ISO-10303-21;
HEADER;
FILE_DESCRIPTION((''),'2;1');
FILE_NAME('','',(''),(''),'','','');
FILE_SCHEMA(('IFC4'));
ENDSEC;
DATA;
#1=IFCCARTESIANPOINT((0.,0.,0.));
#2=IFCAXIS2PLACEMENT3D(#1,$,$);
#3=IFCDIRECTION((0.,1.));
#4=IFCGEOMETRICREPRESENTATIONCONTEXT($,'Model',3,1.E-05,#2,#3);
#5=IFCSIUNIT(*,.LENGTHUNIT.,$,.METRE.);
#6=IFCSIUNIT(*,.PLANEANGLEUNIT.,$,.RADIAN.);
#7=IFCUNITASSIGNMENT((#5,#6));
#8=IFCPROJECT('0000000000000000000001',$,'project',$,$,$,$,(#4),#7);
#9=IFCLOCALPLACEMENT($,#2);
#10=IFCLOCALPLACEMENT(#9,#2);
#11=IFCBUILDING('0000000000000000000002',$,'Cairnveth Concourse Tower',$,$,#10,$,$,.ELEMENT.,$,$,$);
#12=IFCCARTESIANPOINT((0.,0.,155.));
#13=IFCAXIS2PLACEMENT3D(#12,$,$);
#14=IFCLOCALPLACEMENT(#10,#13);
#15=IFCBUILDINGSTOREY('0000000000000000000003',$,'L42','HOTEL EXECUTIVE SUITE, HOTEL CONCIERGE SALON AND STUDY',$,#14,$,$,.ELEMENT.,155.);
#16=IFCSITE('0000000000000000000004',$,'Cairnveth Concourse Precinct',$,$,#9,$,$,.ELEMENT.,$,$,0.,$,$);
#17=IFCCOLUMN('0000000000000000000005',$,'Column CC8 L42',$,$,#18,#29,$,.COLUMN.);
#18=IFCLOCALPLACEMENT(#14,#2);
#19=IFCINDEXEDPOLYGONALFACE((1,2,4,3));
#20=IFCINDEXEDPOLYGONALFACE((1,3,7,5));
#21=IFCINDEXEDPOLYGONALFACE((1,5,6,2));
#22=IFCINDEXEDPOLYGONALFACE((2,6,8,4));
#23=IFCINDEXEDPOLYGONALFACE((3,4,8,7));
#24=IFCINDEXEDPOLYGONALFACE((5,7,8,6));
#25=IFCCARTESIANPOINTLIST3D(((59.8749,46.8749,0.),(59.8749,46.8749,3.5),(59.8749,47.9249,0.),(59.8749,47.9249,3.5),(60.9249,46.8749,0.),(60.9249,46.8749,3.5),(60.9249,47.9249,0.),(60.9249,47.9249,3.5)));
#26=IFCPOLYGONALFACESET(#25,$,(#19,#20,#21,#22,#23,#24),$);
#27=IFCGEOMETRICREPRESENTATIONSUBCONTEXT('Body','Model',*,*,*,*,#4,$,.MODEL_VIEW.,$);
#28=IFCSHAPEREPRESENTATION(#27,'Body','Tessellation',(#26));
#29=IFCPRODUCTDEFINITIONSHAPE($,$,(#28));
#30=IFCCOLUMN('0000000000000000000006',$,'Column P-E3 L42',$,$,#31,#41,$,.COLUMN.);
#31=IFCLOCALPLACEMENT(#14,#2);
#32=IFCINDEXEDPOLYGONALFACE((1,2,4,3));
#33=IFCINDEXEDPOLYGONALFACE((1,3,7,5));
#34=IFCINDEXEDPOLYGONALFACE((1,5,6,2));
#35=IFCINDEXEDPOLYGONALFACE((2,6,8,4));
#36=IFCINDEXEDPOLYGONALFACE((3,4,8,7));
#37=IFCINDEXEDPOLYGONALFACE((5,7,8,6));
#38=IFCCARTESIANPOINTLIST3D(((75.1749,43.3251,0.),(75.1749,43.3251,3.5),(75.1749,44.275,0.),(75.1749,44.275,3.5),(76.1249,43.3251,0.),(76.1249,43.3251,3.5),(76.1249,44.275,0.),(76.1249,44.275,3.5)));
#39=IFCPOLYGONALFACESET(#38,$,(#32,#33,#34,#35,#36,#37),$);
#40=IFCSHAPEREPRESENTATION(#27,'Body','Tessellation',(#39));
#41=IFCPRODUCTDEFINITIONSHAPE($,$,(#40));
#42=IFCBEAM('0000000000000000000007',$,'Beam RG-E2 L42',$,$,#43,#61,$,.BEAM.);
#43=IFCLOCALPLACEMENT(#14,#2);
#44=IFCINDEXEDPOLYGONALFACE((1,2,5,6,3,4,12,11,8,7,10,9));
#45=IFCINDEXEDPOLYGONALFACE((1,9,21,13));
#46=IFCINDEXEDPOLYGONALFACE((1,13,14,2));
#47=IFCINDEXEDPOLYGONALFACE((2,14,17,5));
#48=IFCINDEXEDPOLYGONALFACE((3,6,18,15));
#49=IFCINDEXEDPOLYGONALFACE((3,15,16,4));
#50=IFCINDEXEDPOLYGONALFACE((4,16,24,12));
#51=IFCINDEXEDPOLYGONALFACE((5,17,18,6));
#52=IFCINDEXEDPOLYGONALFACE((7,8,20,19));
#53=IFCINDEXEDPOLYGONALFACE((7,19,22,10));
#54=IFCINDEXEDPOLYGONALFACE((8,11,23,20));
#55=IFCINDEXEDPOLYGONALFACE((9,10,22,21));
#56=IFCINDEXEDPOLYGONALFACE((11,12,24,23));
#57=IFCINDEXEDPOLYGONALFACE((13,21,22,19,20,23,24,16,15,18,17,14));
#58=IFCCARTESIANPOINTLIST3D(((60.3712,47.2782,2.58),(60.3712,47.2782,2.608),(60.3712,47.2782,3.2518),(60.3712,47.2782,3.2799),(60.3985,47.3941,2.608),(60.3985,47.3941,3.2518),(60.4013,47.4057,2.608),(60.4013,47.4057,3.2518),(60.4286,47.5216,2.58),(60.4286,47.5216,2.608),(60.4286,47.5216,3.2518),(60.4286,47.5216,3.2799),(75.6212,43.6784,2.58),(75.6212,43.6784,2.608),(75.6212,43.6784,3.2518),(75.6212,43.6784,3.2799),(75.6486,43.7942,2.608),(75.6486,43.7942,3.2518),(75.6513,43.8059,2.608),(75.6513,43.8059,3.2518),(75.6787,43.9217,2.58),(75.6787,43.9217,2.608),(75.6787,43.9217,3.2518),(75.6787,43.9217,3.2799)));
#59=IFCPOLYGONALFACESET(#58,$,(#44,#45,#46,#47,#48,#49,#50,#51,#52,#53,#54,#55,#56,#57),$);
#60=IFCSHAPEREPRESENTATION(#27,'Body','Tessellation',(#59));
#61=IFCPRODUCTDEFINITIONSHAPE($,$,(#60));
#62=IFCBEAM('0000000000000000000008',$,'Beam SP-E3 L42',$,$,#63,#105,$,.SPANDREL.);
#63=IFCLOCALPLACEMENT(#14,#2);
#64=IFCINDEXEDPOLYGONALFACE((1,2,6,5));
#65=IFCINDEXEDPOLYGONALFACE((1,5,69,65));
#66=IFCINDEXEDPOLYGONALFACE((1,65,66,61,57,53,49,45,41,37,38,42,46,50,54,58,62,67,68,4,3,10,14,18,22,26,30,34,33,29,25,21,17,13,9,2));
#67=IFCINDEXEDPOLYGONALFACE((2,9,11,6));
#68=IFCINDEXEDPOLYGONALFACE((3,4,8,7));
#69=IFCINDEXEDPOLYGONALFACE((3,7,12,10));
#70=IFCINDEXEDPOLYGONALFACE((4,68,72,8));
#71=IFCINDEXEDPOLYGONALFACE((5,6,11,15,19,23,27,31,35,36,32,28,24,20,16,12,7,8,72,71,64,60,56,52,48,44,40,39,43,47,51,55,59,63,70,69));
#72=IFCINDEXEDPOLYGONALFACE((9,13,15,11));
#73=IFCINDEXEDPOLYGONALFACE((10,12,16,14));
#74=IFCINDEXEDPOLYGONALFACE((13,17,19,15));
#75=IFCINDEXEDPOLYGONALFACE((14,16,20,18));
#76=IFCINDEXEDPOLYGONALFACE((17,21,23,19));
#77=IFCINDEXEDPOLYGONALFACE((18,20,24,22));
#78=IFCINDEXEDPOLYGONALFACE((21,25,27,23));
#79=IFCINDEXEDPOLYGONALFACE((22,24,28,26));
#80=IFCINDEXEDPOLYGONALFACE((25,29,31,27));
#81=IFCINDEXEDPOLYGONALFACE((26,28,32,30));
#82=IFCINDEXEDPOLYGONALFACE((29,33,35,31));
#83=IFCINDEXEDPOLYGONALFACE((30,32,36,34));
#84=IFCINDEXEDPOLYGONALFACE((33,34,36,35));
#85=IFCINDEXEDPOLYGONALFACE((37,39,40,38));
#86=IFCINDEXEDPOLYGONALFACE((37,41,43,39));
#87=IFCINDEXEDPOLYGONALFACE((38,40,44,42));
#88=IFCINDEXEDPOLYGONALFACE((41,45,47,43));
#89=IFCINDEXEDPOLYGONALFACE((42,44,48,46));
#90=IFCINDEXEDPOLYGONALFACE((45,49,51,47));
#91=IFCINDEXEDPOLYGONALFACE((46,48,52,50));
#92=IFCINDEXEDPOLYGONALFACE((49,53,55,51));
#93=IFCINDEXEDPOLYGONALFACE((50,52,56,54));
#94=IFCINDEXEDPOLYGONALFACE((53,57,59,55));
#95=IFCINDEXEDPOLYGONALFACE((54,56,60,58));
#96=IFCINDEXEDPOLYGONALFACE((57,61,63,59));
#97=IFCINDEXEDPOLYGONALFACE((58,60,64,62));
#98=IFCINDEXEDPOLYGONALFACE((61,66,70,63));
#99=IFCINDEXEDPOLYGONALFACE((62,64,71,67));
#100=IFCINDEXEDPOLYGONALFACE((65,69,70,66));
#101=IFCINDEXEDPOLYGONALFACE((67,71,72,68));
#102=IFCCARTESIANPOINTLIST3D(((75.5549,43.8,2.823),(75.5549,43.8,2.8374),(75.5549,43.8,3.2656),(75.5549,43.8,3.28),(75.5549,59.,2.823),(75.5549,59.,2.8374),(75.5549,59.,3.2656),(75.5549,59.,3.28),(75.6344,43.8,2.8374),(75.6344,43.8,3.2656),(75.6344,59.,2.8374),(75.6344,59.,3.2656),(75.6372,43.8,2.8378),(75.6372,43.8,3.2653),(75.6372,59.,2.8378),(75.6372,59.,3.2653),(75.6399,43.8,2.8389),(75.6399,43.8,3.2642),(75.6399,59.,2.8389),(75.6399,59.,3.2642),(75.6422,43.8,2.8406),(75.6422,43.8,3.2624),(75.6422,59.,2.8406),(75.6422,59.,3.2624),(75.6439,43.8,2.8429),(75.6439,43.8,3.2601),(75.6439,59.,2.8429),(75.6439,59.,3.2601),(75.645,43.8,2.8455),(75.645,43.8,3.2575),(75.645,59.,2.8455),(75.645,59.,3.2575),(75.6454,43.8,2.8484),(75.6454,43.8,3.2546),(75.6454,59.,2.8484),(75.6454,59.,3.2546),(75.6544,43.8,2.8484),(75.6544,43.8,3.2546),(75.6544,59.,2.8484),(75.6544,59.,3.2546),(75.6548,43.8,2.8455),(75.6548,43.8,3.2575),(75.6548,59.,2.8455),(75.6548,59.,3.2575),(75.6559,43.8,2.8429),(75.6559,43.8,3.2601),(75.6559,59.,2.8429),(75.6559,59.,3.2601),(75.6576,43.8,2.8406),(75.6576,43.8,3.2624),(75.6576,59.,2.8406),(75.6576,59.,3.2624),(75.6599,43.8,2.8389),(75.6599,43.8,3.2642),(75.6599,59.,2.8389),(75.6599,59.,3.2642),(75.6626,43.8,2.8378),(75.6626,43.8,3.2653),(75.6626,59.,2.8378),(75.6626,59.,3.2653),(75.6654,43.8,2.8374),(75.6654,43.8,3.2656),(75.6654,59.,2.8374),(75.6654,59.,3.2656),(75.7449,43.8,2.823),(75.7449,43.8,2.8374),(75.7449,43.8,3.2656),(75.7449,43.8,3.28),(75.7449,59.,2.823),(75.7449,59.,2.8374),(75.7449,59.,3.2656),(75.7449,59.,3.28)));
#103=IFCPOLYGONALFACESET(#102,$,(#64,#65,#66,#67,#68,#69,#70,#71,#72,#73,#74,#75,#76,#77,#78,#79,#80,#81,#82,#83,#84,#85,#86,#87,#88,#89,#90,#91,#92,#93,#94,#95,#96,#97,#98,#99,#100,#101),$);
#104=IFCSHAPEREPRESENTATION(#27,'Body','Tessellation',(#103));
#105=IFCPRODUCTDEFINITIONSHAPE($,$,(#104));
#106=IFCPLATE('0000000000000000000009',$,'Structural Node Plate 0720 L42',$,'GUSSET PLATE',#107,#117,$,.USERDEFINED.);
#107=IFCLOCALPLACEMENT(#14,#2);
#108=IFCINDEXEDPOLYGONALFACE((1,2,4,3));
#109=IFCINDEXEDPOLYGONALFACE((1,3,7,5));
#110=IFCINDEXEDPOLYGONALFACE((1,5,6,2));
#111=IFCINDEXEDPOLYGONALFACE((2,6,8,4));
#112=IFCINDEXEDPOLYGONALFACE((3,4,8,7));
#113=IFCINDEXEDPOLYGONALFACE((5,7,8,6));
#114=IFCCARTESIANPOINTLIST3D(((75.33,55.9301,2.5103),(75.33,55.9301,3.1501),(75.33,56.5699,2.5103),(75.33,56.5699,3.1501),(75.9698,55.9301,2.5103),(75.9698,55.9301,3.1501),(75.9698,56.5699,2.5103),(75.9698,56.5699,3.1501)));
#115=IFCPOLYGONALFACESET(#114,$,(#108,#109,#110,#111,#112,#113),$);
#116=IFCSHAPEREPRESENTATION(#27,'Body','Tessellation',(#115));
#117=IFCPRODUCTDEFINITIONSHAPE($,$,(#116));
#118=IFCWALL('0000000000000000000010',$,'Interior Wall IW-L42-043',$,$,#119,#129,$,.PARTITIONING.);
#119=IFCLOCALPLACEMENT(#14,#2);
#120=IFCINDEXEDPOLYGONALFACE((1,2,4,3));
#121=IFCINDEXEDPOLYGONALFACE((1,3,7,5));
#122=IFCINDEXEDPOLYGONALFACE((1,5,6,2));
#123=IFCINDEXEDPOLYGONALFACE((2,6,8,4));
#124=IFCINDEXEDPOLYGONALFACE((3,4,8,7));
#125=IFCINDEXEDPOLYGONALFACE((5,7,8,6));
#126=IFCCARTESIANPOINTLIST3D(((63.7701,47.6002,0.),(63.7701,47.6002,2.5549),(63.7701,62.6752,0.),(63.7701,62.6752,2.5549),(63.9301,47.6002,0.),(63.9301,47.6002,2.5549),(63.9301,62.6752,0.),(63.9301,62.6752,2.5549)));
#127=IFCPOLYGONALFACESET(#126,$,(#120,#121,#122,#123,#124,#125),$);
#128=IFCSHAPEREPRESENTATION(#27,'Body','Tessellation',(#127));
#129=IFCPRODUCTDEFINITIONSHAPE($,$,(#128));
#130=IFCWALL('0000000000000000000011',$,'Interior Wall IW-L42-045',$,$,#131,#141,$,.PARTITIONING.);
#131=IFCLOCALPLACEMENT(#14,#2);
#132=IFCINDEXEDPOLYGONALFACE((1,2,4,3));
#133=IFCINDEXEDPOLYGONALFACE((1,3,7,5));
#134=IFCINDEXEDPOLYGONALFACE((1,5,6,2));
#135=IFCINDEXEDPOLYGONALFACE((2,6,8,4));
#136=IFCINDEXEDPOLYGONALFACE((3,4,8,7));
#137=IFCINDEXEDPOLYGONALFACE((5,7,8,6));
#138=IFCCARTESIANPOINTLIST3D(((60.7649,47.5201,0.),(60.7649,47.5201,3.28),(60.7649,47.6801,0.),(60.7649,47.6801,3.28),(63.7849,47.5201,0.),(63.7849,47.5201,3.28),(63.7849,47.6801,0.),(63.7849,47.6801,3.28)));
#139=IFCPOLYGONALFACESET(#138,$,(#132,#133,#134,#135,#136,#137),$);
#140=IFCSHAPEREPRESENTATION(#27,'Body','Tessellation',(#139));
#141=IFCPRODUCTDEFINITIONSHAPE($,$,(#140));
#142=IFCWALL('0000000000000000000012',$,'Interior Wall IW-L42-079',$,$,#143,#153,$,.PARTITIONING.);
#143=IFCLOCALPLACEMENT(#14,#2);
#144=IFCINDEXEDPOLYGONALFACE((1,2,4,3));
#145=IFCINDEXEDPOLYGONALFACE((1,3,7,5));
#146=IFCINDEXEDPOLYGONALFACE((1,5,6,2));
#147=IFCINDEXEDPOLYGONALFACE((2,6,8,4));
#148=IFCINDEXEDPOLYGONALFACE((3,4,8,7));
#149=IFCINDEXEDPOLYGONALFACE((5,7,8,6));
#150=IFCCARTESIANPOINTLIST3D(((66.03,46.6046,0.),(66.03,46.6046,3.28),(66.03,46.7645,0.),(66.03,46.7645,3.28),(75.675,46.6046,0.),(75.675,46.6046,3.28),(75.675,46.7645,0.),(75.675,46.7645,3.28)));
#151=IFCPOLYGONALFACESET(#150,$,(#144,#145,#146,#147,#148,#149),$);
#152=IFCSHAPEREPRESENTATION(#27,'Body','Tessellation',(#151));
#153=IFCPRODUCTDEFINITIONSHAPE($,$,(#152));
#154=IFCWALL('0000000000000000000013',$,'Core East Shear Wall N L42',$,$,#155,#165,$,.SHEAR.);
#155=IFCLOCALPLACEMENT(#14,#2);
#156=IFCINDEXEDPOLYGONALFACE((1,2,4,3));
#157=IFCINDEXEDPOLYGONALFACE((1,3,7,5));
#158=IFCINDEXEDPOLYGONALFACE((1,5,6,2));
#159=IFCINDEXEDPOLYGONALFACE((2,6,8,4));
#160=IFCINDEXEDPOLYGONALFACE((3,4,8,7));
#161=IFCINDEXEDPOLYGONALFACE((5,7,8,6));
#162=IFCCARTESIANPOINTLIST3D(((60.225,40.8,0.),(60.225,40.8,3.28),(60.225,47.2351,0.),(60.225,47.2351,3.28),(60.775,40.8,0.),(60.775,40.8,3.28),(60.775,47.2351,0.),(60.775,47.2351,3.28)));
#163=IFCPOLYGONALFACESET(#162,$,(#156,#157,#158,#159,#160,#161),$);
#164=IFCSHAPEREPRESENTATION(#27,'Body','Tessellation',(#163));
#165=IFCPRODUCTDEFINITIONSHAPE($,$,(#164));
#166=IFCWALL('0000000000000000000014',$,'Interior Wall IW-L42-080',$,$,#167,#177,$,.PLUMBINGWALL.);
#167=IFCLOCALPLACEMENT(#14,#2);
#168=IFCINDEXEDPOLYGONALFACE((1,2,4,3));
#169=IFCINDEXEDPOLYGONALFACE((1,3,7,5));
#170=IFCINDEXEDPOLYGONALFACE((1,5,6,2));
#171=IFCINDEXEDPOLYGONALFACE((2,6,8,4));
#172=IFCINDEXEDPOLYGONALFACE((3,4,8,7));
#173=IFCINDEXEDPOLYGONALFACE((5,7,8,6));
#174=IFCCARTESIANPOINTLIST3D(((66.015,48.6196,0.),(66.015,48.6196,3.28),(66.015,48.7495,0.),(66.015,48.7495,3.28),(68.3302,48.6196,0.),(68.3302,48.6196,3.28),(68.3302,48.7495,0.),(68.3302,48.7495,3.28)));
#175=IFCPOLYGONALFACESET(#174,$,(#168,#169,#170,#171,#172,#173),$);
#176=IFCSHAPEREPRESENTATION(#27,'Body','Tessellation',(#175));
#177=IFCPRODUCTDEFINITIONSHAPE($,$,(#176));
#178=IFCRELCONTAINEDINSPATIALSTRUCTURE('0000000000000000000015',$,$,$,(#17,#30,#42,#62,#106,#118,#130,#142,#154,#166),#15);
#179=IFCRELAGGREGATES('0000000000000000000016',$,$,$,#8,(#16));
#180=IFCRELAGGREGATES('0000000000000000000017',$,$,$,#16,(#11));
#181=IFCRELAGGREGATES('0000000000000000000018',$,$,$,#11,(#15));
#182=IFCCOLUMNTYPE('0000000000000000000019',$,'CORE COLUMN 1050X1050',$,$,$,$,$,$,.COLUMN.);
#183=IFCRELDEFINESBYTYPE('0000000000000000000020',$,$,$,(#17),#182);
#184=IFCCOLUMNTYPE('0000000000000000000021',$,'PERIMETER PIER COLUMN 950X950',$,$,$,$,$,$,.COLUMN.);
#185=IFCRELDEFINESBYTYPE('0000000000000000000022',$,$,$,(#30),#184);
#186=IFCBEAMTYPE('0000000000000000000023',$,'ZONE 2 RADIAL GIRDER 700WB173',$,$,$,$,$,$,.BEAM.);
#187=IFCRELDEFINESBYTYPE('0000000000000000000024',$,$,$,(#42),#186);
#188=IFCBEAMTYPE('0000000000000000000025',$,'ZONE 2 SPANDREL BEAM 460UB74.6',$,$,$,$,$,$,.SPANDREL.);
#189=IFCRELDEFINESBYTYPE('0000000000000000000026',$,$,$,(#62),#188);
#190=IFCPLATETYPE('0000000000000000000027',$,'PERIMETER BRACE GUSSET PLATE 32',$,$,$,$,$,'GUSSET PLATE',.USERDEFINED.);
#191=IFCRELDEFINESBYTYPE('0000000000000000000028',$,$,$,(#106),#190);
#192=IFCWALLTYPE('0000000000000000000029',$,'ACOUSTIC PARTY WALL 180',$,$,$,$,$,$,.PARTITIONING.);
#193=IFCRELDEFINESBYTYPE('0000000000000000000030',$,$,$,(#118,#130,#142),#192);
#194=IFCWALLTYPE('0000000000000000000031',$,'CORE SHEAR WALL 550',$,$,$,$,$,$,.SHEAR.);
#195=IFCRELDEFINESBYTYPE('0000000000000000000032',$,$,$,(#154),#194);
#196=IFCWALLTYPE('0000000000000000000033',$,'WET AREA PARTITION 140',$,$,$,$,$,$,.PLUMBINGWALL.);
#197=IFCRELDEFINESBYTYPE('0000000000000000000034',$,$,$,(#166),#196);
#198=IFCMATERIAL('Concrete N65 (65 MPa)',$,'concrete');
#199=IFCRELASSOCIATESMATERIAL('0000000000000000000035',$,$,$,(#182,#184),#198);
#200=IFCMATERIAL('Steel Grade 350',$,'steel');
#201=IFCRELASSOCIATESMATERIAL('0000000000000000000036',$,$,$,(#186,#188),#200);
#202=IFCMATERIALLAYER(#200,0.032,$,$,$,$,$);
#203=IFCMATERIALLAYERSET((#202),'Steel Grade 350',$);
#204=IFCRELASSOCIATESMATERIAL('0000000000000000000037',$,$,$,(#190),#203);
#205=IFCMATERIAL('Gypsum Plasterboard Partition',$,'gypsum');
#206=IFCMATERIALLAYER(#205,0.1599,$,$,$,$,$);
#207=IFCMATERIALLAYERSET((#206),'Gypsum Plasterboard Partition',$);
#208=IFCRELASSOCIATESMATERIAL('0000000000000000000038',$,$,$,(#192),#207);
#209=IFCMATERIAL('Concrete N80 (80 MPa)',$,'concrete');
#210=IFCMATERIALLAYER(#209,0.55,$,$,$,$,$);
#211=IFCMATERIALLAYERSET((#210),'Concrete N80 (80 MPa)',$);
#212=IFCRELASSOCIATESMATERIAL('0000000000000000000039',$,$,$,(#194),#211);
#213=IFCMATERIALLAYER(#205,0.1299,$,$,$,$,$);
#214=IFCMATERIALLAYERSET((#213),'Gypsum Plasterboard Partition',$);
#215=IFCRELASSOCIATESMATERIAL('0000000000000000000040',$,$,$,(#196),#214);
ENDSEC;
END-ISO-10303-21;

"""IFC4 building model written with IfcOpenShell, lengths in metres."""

from ifc_helpers import new_model, si_unit, direction, frame, frame_2d, origin, origin_2d, place, context, subcontext, project, spatial, rectangle, i_section, extrude, material, layer, layer_set, material_profile, profile_set, type_object, element, save


model = new_model("IFC4")

# Units and contexts
model_context = context("Model", 3, precision=1e-05, world=origin(), true_north=direction((0.0, 1.0)))
body_context = subcontext(model_context, "Body", "Model", "MODEL_VIEW")
ifc_project = project(units=[si_unit("LENGTHUNIT", "METRE"), si_unit("PLANEANGLEUNIT", "RADIAN")], contexts=[model_context])

# Site, building, storey
site_placement = place(None, origin())
site = spatial("IfcSite", under=ifc_project, at=site_placement, Name="Cairnveth Concourse Precinct", CompositionType="ELEMENT", RefElevation=0.0)
building_placement = place(site_placement, origin())
building = spatial("IfcBuilding", under=site, at=building_placement, Name="Cairnveth Concourse Tower", CompositionType="ELEMENT")
storey_placement = place(building_placement, frame((0.0, 0.0, 155.0)))
storey = spatial("IfcBuildingStorey", under=building, at=storey_placement, Name="L42", Description="HOTEL EXECUTIVE SUITE, HOTEL CONCIERGE SALON AND STUDY", CompositionType="ELEMENT", Elevation=155.0)

# Columns
ifc_material_1 = material(Name="Concrete N65 (65 MPa)", Category="concrete")
ifc_material_profile_1 = material_profile(ifc_material_1, rectangle(XDim=1.05, YDim=1.05, at=origin_2d()), Name="RC-COL-1050x1050")
ifc_profile_set_1 = profile_set([ifc_material_profile_1], Name="Concrete N65 (65 MPa)")
column_type_1 = type_object("IfcColumnType", Name="CORE COLUMN 1050X1050", PredefinedType="COLUMN", material=ifc_profile_set_1)
column_1_placement = place(storey_placement, frame((60.3999, 47.3999, 0.0), z_axis=(0.0, 0.0, 1.0), x_axis=(1.0, 0.0, 0.0)))
element("IfcColumn", 1, at=column_1_placement, inside=storey, type_object=column_type_1, Name="Column CC8 L42", PredefinedType="COLUMN", context=body_context, shape_type="SweptSolid", body=[
    extrude(rectangle(XDim=1.05, YDim=1.05, at=origin_2d()), origin(), (0.0, 0.0, 1.0), 3.5),
])
ifc_material_profile_2 = material_profile(ifc_material_1, rectangle(XDim=0.95, YDim=0.95, at=origin_2d()), Name="RC-COL-950x950")
ifc_profile_set_2 = profile_set([ifc_material_profile_2], Name="Concrete N65 (65 MPa)")
column_type_2 = type_object("IfcColumnType", Name="PERIMETER PIER COLUMN 950X950", PredefinedType="COLUMN", material=ifc_profile_set_2)
column_2_placement = place(storey_placement, frame((75.6499, 43.8, 0.0), z_axis=(0.0, 0.0, 1.0), x_axis=(0.0, 1.0, 0.0)))
element("IfcColumn", 2, at=column_2_placement, inside=storey, type_object=column_type_2, Name="Column P-E3 L42", PredefinedType="COLUMN", context=body_context, shape_type="SweptSolid", body=[
    extrude(rectangle(XDim=0.95, YDim=0.95, at=origin_2d()), origin(), (0.0, 0.0, 1.0), 3.5),
])

# Beams
ifc_material_2 = material(Name="Steel Grade 350", Category="steel")
ifc_material_profile_3 = material_profile(ifc_material_2, i_section(OverallWidth=0.25, OverallDepth=0.7, WebThickness=0.012, FlangeThickness=0.0281, at=origin_2d()), Name="700WB173")
ifc_profile_set_3 = profile_set([ifc_material_profile_3], Name="Steel Grade 350")
beam_type_1 = type_object("IfcBeamType", Name="ZONE 2 RADIAL GIRDER 700WB173", PredefinedType="BEAM", material=ifc_profile_set_3)
beam_1_placement = place(storey_placement, frame((60.3999, 47.3999, 2.9299), z_axis=(0.973252, -0.229742, 0.0), x_axis=(0.229742, 0.973252, 0.0)))
element("IfcBeam", 3, at=beam_1_placement, inside=storey, type_object=beam_type_1, Name="Beam RG-E2 L42", PredefinedType="BEAM", context=body_context, shape_type="SweptSolid", body=[
    extrude(i_section(OverallWidth=0.25, OverallDepth=0.7, WebThickness=0.012, FlangeThickness=0.0281, at=origin_2d()), origin(), (0.0, 0.0, 1.0), 15.6692),
])
ifc_material_profile_4 = material_profile(ifc_material_2, i_section(OverallWidth=0.1899, OverallDepth=0.457, WebThickness=0.009, FlangeThickness=0.0144, FilletRadius=0.011, at=origin_2d()), Name="460UB74.6")
ifc_profile_set_4 = profile_set([ifc_material_profile_4], Name="Steel Grade 350")
beam_type_2 = type_object("IfcBeamType", Name="ZONE 2 SPANDREL BEAM 460UB74.6", PredefinedType="SPANDREL", material=ifc_profile_set_4)
beam_2_placement = place(storey_placement, frame((75.6499, 43.8, 3.0515), z_axis=(0.0, 1.0, 0.0), x_axis=(-1.0, 0.0, 0.0)))
element("IfcBeam", 4, at=beam_2_placement, inside=storey, type_object=beam_type_2, Name="Beam SP-E3 L42", PredefinedType="SPANDREL", context=body_context, shape_type="SweptSolid", body=[
    extrude(i_section(OverallWidth=0.1899, OverallDepth=0.457, WebThickness=0.009, FlangeThickness=0.0144, FilletRadius=0.011, at=origin_2d()), origin(), (0.0, 0.0, 1.0), 15.2),
])

# Plate
ifc_layer_1 = layer(ifc_material_2, 0.032)
ifc_layer_set_1 = layer_set([ifc_layer_1], Name="Steel Grade 350")
plate_type = type_object("IfcPlateType", Name="PERIMETER BRACE GUSSET PLATE 32", ElementType="GUSSET PLATE", PredefinedType="USERDEFINED", material=ifc_layer_set_1)
plate_placement = place(storey_placement, frame((75.6499, 56.25, 2.5103), z_axis=(0.0, 0.0, 1.0), x_axis=(1.0, 0.0, 0.0)))
element("IfcPlate", 5, at=plate_placement, inside=storey, type_object=plate_type, Name="Structural Node Plate 0720 L42", ObjectType="GUSSET PLATE", PredefinedType="USERDEFINED", context=body_context, shape_type="SweptSolid", body=[
    extrude(rectangle(XDim=0.6399, YDim=0.6399, at=origin_2d()), origin(), (0.0, 0.0, 1.0), 0.6399),
])

# Walls
ifc_material_3 = material(Name="Gypsum Plasterboard Partition", Category="gypsum")
ifc_layer_2 = layer(ifc_material_3, 0.1599)
ifc_layer_set_2 = layer_set([ifc_layer_2], Name="Gypsum Plasterboard Partition")
wall_type_1 = type_object("IfcWallType", Name="ACOUSTIC PARTY WALL 180", PredefinedType="PARTITIONING", material=ifc_layer_set_2)
wall_1_placement = place(storey_placement, frame((63.8501, 47.6001, 0.0), z_axis=(0.0, 0.0, 1.0), x_axis=(0.0, 1.0, 0.0)))
element("IfcWall", 6, at=wall_1_placement, inside=storey, type_object=wall_type_1, Name="Interior Wall IW-L42-043", PredefinedType="PARTITIONING", context=body_context, shape_type="SweptSolid", body=[
    extrude(rectangle(XDim=15.075, YDim=0.1599, at=frame_2d((7.5376, 0.0))), origin(), (0.0, 0.0, 1.0), 2.5549),
])
wall_2_placement = place(storey_placement, frame((60.7649, 47.6001, 0.0), z_axis=(0.0, 0.0, 1.0), x_axis=(1.0, 0.0, 0.0)))
element("IfcWall", 7, at=wall_2_placement, inside=storey, type_object=wall_type_1, Name="Interior Wall IW-L42-045", PredefinedType="PARTITIONING", context=body_context, shape_type="SweptSolid", body=[
    extrude(rectangle(XDim=3.02, YDim=0.1599, at=frame_2d((1.51, 0.0))), origin(), (0.0, 0.0, 1.0), 3.28),
])
wall_3_placement = place(storey_placement, frame((66.03, 46.6846, 0.0), z_axis=(0.0, 0.0, 1.0), x_axis=(1.0, 0.0, 0.0)))
element("IfcWall", 8, at=wall_3_placement, inside=storey, type_object=wall_type_1, Name="Interior Wall IW-L42-079", PredefinedType="PARTITIONING", context=body_context, shape_type="SweptSolid", body=[
    extrude(rectangle(XDim=9.645, YDim=0.1599, at=frame_2d((4.8225, 0.0))), origin(), (0.0, 0.0, 1.0), 3.28),
])
ifc_material_4 = material(Name="Concrete N80 (80 MPa)", Category="concrete")
ifc_layer_3 = layer(ifc_material_4, 0.55)
ifc_layer_set_3 = layer_set([ifc_layer_3], Name="Concrete N80 (80 MPa)")
wall_type_2 = type_object("IfcWallType", Name="CORE SHEAR WALL 550", PredefinedType="SHEAR", material=ifc_layer_set_3)
wall_4_placement = place(storey_placement, frame((60.5, 40.8, 0.0), z_axis=(0.0, 0.0, 1.0), x_axis=(0.0, 1.0, 0.0)))
element("IfcWall", 9, at=wall_4_placement, inside=storey, type_object=wall_type_2, Name="Core East Shear Wall N L42", PredefinedType="SHEAR", context=body_context, shape_type="SweptSolid", body=[
    extrude(rectangle(XDim=6.4351, YDim=0.55, at=frame_2d((3.2175, 0.0))), origin(), (0.0, 0.0, 1.0), 3.28),
])

# Wall
ifc_layer_4 = layer(ifc_material_3, 0.1299)
ifc_layer_set_4 = layer_set([ifc_layer_4], Name="Gypsum Plasterboard Partition")
wall_type_3 = type_object("IfcWallType", Name="WET AREA PARTITION 140", PredefinedType="PLUMBINGWALL", material=ifc_layer_set_4)
wall_5_placement = place(storey_placement, frame((66.0149, 48.6846, 0.0), z_axis=(0.0, 0.0, 1.0), x_axis=(1.0, 0.0, 0.0)))
element("IfcWall", 10, at=wall_5_placement, inside=storey, type_object=wall_type_3, Name="Interior Wall IW-L42-080", PredefinedType="PLUMBINGWALL", context=body_context, shape_type="SweptSolid", body=[
    extrude(rectangle(XDim=2.3152, YDim=0.1299, at=frame_2d((1.1577, 0.0))), origin(), (0.0, 0.0, 1.0), 3.28),
])

save(model, "model.ifc")
